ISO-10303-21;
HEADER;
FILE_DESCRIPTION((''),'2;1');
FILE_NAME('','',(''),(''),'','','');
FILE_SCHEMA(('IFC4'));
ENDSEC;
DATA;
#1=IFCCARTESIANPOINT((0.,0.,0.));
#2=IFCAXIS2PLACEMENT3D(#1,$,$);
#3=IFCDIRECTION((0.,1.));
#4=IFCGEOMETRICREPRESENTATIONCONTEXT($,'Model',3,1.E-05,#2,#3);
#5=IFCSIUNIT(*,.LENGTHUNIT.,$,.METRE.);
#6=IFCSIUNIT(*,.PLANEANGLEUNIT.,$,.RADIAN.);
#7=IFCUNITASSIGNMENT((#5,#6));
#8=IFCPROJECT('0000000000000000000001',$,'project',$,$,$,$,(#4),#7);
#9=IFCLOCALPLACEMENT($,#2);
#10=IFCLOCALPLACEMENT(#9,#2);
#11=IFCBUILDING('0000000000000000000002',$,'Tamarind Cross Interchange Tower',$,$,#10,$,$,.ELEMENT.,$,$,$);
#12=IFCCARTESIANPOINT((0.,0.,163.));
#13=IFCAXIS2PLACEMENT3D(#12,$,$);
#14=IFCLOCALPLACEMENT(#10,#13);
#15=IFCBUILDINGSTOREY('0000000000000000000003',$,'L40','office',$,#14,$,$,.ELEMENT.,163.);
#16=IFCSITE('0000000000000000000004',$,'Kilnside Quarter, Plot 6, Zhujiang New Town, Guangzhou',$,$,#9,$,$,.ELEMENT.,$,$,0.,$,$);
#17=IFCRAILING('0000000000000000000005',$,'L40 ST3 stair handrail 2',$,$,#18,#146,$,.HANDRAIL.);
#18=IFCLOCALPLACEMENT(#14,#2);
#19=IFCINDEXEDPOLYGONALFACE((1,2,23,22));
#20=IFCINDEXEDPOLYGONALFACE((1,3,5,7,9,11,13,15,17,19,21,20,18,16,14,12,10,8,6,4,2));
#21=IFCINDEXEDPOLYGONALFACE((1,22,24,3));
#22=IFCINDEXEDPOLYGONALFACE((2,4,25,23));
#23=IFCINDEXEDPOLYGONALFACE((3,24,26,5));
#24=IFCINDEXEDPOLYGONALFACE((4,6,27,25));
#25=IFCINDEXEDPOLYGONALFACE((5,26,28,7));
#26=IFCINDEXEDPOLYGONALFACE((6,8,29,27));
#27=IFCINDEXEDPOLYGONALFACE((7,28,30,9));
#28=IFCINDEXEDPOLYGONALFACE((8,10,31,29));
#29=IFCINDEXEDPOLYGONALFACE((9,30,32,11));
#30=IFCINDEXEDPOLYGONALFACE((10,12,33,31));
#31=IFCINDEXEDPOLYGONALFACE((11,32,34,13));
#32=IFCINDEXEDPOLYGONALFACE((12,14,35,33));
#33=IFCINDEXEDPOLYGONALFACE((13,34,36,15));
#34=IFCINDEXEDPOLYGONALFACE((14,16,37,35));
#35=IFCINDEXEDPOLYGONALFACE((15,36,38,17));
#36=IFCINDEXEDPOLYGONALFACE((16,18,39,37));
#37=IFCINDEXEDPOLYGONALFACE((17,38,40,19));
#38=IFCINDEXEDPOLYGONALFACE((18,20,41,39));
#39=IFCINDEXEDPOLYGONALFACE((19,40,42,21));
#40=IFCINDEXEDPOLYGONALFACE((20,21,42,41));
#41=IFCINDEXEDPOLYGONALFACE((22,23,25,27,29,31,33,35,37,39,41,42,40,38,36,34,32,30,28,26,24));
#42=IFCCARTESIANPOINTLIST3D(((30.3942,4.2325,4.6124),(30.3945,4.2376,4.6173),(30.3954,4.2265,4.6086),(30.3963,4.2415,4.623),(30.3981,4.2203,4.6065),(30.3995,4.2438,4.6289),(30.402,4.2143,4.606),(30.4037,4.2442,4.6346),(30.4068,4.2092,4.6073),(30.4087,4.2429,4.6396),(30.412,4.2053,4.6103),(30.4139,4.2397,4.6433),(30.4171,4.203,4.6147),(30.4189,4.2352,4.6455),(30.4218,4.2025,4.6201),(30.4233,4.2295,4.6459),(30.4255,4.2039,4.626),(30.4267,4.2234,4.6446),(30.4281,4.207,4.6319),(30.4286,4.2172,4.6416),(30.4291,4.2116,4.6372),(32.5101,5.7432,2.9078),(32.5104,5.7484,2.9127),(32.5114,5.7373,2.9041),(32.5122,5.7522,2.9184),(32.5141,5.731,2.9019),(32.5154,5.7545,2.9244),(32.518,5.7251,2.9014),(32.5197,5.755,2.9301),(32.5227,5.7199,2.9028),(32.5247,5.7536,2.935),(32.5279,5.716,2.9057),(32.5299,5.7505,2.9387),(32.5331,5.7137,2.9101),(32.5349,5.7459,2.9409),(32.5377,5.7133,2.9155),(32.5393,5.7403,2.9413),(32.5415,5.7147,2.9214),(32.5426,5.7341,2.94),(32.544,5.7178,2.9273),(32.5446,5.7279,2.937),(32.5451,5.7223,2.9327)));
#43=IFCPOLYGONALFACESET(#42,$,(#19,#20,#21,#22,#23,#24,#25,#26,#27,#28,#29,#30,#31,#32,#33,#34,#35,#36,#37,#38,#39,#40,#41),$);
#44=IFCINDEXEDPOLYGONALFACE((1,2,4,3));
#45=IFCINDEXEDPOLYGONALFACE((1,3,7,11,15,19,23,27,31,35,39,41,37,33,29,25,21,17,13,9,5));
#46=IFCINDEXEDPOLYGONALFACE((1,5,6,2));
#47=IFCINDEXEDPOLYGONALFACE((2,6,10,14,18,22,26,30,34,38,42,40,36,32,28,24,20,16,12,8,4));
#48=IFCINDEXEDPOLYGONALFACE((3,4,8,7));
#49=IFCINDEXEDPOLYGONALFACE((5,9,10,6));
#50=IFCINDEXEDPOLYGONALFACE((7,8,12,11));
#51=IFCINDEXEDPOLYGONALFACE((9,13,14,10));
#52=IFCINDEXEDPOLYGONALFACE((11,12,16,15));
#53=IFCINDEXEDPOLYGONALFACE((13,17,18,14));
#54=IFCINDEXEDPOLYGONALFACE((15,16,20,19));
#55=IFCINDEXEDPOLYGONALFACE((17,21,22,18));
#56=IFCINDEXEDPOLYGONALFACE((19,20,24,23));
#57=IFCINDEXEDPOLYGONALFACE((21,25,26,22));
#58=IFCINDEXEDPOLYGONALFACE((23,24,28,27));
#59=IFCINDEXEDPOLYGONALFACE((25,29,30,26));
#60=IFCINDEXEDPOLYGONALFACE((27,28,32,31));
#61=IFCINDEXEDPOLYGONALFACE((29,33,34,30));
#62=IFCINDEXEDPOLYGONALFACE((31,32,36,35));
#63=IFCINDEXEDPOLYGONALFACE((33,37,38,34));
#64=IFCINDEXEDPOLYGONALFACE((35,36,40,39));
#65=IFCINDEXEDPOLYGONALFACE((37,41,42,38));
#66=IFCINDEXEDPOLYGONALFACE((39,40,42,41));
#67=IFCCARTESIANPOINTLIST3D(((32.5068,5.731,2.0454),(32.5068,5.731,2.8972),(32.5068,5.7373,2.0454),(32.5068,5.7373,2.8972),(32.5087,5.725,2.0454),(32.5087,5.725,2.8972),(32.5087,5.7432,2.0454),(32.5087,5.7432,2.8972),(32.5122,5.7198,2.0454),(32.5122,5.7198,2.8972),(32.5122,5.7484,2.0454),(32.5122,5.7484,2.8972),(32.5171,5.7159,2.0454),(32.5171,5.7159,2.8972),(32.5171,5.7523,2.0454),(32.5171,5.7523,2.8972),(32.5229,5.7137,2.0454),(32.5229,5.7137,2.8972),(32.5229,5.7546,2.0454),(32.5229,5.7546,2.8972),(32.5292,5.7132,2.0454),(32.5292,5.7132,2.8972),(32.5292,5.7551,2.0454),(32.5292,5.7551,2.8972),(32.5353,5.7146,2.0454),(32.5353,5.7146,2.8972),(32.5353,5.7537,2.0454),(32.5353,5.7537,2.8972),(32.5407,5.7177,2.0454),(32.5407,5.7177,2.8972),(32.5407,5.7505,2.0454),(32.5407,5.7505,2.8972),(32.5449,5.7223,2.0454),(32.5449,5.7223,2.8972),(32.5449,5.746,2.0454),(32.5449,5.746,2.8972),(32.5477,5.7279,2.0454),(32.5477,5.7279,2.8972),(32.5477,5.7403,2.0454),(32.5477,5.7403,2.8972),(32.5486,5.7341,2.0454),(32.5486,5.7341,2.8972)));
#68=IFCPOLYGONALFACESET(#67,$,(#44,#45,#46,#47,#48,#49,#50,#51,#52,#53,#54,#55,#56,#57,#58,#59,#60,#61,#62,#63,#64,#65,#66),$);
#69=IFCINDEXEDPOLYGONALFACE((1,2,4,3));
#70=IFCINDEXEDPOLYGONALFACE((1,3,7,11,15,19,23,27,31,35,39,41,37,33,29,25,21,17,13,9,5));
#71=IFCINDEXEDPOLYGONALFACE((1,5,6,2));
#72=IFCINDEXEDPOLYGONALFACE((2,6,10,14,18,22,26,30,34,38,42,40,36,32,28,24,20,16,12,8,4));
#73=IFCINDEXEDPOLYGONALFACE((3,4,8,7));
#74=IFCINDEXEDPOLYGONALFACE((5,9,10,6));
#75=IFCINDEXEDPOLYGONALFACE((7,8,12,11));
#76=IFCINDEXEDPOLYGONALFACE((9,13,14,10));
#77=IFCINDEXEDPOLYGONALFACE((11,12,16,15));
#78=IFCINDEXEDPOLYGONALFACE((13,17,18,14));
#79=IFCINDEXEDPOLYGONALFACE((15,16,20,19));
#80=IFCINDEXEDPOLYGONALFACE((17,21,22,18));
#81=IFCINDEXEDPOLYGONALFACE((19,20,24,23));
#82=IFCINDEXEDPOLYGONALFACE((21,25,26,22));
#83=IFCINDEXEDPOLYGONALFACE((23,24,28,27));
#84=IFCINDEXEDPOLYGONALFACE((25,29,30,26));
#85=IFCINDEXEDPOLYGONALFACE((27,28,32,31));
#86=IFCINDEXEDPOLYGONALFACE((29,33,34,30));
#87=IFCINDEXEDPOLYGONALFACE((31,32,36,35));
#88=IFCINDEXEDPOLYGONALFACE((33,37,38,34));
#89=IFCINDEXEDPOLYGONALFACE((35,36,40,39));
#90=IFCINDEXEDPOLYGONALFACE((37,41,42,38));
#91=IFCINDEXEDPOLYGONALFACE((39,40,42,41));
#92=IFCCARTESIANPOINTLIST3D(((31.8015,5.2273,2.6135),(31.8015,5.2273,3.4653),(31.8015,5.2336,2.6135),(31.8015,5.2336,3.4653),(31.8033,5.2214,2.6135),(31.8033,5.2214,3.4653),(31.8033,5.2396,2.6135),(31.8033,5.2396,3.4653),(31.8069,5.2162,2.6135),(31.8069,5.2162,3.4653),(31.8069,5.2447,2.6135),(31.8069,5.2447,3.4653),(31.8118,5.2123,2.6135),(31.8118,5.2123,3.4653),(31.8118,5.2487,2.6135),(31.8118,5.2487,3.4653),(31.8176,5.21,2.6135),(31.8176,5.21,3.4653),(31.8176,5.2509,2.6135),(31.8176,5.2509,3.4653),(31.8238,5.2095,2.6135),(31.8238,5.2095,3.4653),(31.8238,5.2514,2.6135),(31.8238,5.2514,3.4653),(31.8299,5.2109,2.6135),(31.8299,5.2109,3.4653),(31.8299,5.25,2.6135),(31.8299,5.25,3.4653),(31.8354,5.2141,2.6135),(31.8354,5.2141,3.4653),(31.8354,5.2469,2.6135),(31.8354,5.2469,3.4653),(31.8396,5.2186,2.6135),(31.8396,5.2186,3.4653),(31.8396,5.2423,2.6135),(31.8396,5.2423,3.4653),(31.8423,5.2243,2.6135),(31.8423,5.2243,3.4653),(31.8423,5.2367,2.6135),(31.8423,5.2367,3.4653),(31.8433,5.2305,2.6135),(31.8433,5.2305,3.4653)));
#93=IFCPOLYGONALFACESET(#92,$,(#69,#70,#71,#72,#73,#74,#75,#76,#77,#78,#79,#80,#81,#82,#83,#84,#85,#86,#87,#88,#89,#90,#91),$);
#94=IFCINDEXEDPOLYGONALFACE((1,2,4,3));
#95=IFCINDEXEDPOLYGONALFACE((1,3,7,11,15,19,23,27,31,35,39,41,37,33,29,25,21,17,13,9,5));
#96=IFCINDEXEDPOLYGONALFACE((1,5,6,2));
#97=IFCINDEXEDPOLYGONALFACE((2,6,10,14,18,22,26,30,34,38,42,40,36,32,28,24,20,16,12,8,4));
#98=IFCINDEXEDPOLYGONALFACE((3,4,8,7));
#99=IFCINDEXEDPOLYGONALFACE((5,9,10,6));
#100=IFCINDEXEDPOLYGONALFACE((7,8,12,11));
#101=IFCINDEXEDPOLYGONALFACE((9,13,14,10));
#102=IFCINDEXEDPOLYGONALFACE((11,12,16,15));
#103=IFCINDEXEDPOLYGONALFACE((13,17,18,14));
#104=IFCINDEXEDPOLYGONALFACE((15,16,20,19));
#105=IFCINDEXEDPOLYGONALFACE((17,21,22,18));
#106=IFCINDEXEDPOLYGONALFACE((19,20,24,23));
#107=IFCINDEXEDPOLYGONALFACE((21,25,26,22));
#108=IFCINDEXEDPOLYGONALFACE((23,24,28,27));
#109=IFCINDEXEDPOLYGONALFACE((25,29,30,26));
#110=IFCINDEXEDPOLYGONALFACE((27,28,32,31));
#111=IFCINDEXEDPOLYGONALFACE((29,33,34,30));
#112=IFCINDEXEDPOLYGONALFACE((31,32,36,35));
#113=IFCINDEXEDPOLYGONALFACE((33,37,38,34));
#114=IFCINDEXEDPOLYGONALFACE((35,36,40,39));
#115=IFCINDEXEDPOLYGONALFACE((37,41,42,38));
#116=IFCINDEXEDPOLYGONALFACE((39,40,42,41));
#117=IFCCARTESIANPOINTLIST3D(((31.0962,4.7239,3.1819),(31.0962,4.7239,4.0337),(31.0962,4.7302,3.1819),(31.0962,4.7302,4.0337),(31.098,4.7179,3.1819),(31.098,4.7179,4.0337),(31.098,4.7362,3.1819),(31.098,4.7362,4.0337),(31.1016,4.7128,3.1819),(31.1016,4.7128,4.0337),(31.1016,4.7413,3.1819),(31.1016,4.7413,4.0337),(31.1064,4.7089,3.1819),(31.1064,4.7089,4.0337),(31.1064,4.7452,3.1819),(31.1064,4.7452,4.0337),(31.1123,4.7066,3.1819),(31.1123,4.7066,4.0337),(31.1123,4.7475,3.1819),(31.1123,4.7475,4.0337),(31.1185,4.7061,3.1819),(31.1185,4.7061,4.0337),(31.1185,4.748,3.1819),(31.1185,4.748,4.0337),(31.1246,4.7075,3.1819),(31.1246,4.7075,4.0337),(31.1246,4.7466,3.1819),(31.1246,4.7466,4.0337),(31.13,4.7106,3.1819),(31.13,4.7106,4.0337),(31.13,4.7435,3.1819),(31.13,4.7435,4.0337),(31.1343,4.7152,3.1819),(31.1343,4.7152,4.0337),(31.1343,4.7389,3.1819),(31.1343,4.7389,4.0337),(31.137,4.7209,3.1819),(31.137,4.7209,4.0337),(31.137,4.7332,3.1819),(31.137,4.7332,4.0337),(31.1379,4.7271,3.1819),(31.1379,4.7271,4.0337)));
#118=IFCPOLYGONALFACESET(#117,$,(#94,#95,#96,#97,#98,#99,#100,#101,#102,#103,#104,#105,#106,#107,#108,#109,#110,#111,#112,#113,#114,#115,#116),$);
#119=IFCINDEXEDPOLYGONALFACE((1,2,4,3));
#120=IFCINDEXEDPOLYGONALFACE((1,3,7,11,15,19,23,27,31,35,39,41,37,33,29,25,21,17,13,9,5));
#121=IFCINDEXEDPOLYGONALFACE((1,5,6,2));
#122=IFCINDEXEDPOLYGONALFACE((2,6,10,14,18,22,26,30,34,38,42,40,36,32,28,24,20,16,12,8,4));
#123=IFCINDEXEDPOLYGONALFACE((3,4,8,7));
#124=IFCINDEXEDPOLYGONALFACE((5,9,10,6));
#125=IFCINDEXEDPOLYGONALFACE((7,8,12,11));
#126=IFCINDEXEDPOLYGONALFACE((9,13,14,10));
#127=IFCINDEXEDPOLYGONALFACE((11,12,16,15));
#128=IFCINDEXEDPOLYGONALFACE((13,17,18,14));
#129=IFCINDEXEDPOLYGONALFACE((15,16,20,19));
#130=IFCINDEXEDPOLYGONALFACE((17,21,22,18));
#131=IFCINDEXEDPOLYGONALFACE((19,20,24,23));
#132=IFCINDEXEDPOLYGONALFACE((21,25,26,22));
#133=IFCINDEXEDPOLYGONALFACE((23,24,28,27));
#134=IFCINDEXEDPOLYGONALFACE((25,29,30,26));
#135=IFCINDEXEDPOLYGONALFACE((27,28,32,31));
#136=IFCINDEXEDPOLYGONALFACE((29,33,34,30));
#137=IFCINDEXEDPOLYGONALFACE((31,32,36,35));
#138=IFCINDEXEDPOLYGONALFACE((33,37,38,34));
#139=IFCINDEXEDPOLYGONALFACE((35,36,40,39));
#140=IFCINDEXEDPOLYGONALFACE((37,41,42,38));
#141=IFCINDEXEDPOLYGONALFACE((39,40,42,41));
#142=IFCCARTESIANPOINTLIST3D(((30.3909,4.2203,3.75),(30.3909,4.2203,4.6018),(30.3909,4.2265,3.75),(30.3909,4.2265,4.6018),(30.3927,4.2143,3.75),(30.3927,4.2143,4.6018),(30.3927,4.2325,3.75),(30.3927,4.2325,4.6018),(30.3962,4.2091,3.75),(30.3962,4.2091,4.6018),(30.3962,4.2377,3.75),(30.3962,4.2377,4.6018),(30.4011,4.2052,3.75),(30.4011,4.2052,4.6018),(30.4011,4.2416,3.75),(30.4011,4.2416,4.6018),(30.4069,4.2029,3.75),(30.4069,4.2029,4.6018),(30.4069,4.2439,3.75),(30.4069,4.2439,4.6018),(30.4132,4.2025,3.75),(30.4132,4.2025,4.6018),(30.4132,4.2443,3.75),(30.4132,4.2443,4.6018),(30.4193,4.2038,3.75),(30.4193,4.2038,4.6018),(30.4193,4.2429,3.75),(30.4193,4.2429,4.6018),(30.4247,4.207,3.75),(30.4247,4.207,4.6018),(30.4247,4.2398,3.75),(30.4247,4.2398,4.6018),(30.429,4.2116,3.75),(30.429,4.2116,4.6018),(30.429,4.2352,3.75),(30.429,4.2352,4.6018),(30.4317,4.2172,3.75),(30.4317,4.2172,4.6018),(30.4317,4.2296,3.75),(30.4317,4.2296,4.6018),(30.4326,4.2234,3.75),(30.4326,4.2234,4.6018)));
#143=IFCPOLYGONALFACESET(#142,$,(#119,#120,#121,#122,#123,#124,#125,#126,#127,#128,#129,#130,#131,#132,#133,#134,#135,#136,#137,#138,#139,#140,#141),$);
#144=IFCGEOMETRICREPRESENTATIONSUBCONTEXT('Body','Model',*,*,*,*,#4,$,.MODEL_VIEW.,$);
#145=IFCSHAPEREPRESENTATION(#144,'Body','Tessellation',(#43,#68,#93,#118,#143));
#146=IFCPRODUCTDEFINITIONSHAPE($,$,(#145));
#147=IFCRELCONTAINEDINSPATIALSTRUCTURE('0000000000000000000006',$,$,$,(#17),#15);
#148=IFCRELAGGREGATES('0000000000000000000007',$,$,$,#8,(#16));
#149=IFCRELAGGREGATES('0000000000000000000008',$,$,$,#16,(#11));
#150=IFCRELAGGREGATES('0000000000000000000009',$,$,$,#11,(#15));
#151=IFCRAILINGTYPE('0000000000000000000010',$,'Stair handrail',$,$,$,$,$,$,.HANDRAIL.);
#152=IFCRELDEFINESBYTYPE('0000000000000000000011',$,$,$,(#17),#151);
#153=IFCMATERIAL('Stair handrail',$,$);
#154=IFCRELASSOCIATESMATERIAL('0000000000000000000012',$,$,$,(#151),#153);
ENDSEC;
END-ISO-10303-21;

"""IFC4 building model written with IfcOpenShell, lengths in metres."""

from ifc_helpers import new_model, si_unit, direction, frame, origin, origin_2d, place, context, subcontext, project, spatial, circle, extrude, material, type_object, element, save


model = new_model("IFC4")

# Units and contexts
model_context = context("Model", 3, precision=1e-05, world=origin(), true_north=direction((0.0, 1.0)))
body_context = subcontext(model_context, "Body", "Model", "MODEL_VIEW")
ifc_project = project(units=[si_unit("LENGTHUNIT", "METRE"), si_unit("PLANEANGLEUNIT", "RADIAN")], contexts=[model_context])

# Site, building, storey
site_placement = place(None, origin())
site = spatial("IfcSite", under=ifc_project, at=site_placement, Name="Kilnside Quarter, Plot 6, Zhujiang New Town, Guangzhou", CompositionType="ELEMENT", RefElevation=0.0)
building_placement = place(site_placement, origin())
building = spatial("IfcBuilding", under=site, at=building_placement, Name="Tamarind Cross Interchange Tower", CompositionType="ELEMENT")
storey_placement = place(building_placement, frame((0.0, 0.0, 163.0)))
storey = spatial("IfcBuildingStorey", under=building, at=storey_placement, Name="L40", Description="office", CompositionType="ELEMENT", Elevation=163.0)

# Railing
ifc_material_1 = material(Name="Stair handrail")
railing_type_1 = type_object("IfcRailingType", Name="Stair handrail", PredefinedType="HANDRAIL", material=ifc_material_1)
railing_1_placement = place(storey_placement, frame((32.5276, 5.7341, 2.0454)))
element("IfcRailing", 1, at=railing_1_placement, inside=storey, type_object=railing_type_1, Name="L40 ST3 stair handrail 2", PredefinedType="HANDRAIL", context=body_context, shape_type="SweptSolid", body=[
    extrude(circle(Radius=0.0239, at=origin_2d()), frame((0.0, 0.0, 0.876), z_axis=(-0.680615, -0.48594, 0.548293), x_axis=(0.581069, -0.813854, 0.0)), (0.0, 0.0, 1.0), 3.1089),
    extrude(circle(Radius=0.021, at=origin_2d()), origin(), (0.0, 0.0, 1.0), 0.8518),
    extrude(circle(Radius=0.021, at=origin_2d()), frame((-0.7053, -0.5037, 0.5681)), (0.0, 0.0, 1.0), 0.8518),
    extrude(circle(Radius=0.021, at=origin_2d()), frame((-1.4106, -1.0071, 1.1365)), (0.0, 0.0, 1.0), 0.8518),
    extrude(circle(Radius=0.021, at=origin_2d()), frame((-2.116, -1.5107, 1.7046)), (0.0, 0.0, 1.0), 0.8518),
])

save(model, "model.ifc")
